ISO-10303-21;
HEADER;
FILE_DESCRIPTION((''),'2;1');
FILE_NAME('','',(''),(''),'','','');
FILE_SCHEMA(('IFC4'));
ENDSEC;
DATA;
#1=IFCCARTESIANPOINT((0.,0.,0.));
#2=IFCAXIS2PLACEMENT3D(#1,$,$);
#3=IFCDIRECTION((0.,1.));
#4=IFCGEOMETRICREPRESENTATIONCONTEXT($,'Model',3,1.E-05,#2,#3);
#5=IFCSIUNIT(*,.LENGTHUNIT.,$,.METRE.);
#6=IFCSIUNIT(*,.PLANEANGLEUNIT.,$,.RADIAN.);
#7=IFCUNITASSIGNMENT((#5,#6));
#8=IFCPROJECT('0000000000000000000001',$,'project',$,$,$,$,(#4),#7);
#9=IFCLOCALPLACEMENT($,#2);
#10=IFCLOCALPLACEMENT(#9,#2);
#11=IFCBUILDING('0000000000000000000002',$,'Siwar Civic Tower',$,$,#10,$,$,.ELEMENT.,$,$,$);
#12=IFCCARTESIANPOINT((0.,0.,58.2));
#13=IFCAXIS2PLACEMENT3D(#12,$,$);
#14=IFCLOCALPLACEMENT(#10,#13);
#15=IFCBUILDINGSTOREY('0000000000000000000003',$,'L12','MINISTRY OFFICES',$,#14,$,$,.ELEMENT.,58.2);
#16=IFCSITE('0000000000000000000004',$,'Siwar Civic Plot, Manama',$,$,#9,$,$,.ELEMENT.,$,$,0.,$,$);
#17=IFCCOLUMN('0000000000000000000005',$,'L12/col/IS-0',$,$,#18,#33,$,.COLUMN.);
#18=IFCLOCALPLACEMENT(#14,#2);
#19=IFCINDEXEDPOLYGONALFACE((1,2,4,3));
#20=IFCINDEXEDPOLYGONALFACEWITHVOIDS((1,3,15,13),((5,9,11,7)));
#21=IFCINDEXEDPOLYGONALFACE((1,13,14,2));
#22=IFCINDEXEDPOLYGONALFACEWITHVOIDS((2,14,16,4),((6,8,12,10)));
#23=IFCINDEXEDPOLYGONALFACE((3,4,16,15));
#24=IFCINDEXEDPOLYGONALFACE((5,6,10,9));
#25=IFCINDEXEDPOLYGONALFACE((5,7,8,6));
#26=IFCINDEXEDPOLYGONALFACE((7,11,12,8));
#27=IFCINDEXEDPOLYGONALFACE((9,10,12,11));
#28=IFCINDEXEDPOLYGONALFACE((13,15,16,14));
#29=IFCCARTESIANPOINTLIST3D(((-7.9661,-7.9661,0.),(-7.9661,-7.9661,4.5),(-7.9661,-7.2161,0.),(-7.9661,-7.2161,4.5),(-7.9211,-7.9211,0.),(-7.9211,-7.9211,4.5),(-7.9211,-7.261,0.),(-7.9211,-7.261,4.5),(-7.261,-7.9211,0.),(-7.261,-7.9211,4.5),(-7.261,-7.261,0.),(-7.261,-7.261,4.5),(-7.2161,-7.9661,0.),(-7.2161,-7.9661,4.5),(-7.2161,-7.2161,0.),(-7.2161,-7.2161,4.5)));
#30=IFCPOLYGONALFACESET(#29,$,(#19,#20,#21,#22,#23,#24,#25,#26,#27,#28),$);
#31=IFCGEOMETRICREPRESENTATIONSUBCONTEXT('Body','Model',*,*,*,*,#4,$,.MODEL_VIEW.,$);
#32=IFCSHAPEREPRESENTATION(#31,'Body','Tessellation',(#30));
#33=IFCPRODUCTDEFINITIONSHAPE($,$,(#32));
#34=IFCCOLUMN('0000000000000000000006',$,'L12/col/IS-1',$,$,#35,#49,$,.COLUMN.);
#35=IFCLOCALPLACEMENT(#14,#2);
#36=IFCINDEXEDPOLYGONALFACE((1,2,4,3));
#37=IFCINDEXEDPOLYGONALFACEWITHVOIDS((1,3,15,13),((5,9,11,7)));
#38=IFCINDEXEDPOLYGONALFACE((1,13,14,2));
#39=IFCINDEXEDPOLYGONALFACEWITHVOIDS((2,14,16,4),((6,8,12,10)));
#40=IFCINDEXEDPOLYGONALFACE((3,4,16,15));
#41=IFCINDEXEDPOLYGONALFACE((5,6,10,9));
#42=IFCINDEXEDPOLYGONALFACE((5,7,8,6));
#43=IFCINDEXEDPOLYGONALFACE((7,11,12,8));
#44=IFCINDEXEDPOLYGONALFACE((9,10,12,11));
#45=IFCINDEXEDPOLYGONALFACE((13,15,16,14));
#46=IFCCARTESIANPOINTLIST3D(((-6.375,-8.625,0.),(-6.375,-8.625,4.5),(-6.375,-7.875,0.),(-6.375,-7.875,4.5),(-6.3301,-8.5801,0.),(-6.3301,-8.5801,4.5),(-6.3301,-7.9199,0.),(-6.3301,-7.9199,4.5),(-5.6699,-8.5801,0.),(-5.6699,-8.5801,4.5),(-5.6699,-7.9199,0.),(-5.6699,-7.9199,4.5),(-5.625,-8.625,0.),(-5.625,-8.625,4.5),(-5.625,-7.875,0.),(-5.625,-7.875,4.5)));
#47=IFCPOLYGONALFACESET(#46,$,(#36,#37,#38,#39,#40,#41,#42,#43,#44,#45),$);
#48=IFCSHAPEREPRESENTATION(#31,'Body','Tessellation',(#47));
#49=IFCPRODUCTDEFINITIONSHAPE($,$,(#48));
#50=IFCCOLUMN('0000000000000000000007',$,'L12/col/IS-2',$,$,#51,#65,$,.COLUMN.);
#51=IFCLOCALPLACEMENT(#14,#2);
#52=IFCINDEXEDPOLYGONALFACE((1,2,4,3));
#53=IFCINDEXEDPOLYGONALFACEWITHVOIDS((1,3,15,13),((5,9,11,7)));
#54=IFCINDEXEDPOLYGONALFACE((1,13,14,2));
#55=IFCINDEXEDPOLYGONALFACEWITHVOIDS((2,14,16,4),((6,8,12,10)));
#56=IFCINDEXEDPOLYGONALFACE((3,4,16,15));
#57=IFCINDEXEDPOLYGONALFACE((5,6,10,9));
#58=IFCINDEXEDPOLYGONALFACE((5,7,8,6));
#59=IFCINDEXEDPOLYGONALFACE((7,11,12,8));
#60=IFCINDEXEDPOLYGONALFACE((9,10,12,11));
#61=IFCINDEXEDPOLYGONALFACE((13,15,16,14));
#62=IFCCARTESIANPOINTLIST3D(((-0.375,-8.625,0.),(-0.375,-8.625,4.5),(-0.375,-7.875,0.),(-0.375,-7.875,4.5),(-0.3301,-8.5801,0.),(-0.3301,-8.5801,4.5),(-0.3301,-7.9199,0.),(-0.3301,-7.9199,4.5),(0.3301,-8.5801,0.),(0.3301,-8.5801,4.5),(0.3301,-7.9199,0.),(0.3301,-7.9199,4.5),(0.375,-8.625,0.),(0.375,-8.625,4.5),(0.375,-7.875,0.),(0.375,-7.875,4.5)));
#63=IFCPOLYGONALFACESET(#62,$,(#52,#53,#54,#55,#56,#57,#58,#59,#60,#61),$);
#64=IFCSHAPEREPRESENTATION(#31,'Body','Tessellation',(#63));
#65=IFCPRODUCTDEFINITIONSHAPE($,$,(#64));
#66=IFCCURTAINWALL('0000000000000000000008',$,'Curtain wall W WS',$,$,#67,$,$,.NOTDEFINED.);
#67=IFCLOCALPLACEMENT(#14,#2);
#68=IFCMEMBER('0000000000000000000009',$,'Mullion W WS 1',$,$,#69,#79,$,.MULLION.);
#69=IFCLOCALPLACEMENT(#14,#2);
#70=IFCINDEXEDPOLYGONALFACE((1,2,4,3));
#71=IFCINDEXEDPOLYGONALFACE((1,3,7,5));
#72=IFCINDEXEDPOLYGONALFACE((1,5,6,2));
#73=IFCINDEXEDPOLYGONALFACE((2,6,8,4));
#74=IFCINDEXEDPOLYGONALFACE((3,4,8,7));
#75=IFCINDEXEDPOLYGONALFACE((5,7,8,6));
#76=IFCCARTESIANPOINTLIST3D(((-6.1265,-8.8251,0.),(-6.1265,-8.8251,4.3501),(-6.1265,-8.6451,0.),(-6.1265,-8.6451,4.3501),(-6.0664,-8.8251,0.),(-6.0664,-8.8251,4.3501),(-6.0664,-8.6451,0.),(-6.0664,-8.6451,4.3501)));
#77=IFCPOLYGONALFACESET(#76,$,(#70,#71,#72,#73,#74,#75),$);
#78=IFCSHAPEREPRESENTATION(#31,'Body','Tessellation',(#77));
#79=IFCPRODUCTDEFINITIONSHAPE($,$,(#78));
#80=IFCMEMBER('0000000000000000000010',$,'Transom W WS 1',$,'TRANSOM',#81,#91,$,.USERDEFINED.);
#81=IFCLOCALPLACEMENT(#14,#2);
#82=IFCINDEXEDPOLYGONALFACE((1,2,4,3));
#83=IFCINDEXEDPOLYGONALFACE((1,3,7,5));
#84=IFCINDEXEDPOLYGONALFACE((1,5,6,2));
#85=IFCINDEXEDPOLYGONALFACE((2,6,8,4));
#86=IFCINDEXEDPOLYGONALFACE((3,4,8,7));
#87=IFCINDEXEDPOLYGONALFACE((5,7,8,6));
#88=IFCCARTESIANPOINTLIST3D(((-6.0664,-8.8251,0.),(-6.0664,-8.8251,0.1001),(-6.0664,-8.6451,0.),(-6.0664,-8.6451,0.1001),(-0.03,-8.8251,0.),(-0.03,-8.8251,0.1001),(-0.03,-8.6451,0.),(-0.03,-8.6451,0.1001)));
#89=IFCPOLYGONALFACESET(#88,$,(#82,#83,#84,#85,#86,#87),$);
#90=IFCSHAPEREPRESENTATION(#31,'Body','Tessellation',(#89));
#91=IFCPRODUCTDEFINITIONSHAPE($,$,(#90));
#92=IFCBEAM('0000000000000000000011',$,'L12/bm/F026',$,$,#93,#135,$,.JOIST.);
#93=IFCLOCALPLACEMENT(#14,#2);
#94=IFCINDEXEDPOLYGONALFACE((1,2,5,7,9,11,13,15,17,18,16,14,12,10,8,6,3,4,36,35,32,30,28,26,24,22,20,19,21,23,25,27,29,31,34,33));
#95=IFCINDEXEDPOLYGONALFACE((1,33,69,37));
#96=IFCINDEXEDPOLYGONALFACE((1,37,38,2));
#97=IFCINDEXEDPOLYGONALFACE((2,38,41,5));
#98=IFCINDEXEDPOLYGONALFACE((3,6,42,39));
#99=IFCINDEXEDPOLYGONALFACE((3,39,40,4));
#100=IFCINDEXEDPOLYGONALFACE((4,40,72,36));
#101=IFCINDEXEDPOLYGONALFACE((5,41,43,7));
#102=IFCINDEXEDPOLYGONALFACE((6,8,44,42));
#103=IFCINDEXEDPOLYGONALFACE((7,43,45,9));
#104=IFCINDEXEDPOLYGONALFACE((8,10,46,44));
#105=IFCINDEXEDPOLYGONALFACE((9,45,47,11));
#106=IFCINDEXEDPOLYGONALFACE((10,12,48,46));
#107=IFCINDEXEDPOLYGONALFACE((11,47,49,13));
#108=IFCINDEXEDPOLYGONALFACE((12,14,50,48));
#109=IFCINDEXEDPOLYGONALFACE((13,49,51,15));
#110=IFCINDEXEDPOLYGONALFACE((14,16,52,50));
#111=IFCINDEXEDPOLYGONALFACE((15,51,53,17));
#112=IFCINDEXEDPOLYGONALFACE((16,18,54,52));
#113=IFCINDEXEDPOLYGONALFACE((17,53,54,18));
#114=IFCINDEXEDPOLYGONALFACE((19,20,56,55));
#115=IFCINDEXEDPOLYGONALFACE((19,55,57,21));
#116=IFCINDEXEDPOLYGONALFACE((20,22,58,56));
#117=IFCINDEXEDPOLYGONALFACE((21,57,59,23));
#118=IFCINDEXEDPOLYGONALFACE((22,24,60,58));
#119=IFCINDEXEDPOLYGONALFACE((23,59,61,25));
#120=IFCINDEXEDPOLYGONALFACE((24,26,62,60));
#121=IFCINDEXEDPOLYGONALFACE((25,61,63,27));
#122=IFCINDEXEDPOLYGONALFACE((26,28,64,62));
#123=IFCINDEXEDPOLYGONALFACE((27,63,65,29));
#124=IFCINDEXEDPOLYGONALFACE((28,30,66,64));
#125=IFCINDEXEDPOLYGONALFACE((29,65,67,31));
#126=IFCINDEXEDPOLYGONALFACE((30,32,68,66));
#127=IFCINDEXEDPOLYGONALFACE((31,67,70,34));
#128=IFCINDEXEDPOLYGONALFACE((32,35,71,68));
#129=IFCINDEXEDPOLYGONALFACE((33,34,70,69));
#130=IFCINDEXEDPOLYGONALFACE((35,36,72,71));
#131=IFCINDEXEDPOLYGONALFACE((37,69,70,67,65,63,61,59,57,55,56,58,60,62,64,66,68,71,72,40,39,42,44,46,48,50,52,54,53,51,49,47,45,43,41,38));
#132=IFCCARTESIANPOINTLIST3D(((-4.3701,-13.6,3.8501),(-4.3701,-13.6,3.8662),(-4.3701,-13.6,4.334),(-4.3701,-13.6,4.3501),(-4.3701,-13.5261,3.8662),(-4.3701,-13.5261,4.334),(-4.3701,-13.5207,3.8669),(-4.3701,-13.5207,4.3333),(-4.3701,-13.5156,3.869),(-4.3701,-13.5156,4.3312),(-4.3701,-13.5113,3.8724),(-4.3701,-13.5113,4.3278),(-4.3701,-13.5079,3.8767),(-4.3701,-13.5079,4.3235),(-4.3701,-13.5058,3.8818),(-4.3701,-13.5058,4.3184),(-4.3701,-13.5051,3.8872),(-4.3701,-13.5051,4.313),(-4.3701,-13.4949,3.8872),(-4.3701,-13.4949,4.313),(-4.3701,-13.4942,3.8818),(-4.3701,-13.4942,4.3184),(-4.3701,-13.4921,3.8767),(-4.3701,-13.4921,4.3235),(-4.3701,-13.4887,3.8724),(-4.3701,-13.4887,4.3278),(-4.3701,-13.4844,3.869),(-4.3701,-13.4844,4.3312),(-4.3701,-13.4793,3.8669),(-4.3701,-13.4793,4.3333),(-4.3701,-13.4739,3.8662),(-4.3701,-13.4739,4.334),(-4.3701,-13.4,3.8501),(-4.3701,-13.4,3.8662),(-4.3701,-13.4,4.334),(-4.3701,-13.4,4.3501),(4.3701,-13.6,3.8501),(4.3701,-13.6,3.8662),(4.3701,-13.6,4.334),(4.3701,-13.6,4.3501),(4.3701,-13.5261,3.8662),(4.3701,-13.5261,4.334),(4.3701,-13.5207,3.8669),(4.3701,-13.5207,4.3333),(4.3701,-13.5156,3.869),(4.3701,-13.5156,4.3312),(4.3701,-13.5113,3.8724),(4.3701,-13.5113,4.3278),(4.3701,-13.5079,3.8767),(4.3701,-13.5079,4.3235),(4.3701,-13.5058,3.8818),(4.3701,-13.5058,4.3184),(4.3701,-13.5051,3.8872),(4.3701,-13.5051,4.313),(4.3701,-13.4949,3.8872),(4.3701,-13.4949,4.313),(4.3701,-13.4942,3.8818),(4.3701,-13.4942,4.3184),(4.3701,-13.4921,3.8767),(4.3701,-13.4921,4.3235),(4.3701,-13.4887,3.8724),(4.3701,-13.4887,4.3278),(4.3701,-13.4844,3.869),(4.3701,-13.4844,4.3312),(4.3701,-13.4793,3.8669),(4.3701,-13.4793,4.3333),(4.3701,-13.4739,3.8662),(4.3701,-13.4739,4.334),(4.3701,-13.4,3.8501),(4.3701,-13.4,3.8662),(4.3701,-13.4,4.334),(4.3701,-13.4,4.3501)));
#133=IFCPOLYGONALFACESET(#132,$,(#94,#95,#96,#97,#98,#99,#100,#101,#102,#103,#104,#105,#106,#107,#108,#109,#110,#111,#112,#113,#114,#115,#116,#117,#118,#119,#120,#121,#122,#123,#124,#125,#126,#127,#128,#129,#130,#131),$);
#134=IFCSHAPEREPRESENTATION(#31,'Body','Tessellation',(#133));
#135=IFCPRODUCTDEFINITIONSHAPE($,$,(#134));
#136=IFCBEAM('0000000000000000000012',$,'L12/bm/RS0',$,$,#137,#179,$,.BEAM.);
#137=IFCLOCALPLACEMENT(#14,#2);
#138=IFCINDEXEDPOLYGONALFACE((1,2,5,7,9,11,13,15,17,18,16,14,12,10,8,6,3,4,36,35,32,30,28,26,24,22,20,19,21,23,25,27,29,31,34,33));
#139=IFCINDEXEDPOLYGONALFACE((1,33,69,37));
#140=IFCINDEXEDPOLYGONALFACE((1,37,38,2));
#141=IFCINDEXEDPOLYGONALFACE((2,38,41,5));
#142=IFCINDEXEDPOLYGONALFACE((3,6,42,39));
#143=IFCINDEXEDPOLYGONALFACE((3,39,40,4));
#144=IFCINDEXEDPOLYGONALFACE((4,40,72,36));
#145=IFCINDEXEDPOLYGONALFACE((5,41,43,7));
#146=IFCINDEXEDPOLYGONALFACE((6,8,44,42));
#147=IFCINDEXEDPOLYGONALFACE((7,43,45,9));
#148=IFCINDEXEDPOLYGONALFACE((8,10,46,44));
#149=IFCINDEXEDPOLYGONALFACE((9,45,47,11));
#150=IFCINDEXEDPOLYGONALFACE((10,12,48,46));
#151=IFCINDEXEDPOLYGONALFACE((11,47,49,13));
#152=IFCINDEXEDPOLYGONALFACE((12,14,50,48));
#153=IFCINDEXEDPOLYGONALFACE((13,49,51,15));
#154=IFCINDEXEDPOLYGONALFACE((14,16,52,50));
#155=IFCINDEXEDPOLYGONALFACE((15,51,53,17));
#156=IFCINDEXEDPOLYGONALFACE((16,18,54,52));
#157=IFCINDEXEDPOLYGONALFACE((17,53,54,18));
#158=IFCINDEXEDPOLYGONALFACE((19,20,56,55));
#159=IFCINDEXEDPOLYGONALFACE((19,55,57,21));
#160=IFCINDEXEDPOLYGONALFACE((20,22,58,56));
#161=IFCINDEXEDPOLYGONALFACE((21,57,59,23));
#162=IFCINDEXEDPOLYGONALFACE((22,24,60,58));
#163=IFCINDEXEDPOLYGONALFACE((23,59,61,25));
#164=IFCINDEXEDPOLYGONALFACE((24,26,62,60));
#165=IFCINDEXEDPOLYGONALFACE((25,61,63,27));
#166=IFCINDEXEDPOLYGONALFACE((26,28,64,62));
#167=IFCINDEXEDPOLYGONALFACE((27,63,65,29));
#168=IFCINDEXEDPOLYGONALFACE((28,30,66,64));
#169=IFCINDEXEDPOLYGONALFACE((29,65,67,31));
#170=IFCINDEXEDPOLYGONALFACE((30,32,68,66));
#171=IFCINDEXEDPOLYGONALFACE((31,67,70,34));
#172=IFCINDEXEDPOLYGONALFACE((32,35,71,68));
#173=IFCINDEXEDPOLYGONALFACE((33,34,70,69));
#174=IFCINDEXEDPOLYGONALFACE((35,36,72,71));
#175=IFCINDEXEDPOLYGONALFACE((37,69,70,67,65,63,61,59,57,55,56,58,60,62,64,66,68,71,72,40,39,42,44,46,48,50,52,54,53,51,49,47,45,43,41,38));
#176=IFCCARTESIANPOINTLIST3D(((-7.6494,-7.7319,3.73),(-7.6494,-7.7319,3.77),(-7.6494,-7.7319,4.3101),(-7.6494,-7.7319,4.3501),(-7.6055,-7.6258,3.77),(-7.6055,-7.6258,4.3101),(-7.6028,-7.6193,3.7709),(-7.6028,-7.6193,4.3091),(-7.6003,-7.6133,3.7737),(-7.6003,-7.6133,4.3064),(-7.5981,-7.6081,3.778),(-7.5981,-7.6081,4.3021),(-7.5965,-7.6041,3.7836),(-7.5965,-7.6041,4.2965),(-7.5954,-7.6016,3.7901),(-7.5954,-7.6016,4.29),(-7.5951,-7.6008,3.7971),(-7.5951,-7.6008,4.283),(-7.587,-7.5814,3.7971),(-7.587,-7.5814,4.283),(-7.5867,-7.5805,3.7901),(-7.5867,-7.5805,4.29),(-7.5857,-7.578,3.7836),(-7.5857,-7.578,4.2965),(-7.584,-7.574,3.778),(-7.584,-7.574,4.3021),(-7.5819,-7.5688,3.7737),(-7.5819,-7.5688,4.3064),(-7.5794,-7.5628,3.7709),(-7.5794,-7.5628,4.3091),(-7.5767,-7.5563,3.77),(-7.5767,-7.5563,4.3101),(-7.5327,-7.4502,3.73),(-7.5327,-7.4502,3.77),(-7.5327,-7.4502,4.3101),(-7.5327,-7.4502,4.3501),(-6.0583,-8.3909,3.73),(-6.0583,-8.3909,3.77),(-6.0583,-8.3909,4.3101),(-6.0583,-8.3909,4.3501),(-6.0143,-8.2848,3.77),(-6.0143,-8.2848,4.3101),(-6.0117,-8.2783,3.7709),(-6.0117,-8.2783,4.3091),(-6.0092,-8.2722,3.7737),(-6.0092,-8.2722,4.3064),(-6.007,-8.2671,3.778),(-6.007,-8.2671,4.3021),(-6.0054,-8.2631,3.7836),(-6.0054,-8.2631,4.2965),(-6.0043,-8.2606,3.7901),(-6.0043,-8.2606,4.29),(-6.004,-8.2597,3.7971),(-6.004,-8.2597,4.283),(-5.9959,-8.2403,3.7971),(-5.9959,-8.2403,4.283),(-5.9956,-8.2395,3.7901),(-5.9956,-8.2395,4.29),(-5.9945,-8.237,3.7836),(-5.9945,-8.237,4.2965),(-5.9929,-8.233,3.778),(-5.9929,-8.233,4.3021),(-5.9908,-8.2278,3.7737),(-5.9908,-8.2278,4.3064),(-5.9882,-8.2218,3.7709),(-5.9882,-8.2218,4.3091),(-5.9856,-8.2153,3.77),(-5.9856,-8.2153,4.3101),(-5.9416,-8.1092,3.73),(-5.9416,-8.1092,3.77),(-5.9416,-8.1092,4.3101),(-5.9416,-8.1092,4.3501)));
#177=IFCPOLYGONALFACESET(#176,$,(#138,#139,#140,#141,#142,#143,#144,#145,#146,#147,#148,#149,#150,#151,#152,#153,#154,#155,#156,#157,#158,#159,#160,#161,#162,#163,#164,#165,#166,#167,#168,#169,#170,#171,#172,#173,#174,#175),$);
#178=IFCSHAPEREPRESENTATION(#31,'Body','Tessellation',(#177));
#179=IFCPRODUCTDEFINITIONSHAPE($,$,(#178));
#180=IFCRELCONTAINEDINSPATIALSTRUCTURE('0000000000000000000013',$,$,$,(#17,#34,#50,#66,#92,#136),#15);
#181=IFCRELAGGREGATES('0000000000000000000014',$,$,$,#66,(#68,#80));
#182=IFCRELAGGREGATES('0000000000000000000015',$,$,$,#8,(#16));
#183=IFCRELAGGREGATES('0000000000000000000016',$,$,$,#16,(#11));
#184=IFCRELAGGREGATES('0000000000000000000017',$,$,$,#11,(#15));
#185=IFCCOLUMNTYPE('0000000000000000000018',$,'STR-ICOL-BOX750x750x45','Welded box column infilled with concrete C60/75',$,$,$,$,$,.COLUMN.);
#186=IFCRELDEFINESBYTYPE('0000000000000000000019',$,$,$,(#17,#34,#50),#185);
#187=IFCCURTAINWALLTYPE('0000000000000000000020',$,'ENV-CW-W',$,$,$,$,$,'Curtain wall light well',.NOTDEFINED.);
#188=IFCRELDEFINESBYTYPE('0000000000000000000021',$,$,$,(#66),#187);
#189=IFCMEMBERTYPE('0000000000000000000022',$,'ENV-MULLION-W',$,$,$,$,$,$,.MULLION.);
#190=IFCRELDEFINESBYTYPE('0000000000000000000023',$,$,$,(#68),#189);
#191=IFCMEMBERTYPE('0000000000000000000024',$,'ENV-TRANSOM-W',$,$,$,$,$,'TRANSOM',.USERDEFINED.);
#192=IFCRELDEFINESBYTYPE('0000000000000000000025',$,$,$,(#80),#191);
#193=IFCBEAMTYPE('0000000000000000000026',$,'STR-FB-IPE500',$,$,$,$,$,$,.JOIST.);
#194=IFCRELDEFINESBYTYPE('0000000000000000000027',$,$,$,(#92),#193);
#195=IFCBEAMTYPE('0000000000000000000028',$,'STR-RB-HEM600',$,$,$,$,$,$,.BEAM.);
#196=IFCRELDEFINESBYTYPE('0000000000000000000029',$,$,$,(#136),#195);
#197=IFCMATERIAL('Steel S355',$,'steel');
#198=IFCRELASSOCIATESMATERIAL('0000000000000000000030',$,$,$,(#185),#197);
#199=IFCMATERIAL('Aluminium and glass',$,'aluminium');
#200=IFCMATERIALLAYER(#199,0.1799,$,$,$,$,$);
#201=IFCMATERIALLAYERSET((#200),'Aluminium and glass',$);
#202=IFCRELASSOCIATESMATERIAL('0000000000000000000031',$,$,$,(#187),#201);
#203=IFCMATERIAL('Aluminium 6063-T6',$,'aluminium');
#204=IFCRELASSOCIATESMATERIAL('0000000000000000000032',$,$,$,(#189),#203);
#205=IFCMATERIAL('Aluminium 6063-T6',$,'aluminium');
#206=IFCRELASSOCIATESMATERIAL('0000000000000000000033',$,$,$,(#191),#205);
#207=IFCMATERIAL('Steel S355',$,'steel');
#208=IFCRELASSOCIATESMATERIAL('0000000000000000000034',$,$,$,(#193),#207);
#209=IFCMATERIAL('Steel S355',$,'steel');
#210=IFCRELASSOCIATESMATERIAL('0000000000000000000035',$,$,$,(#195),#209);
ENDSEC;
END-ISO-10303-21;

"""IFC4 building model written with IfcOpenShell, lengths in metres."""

from ifc_helpers import new_model, si_unit, direction, frame, origin, origin_2d, place, context, subcontext, project, spatial, rectangle, hollow_rectangle, i_section, extrude, material, layer, layer_set, material_profile, profile_set, type_object, element, aggregate, save


model = new_model("IFC4")

# Units and contexts
model_context = context("Model", 3, precision=1e-05, world=origin(), true_north=direction((0.0, 1.0)))
body_context = subcontext(model_context, "Body", "Model", "MODEL_VIEW")
ifc_project = project(units=[si_unit("LENGTHUNIT", "METRE"), si_unit("PLANEANGLEUNIT", "RADIAN")], contexts=[model_context])

# Site, building, storey
site_placement = place(None, origin())
site = spatial("IfcSite", under=ifc_project, at=site_placement, Name="Siwar Civic Plot, Manama", CompositionType="ELEMENT", RefElevation=0.0)
building_placement = place(site_placement, origin())
building = spatial("IfcBuilding", under=site, at=building_placement, Name="Siwar Civic Tower", CompositionType="ELEMENT")
storey_placement = place(building_placement, frame((0.0, 0.0, 58.2)))
storey = spatial("IfcBuildingStorey", under=building, at=storey_placement, Name="L12", Description="MINISTRY OFFICES", CompositionType="ELEMENT", Elevation=58.2)

# Columns
ifc_material_1 = material(Name="Steel S355", Category="steel")
ifc_material_profile_1 = material_profile(ifc_material_1, hollow_rectangle(XDim=0.75, YDim=0.75, WallThickness=0.0449, at=origin_2d()), Name="BOX750x750x45")
ifc_profile_set_1 = profile_set([ifc_material_profile_1], Name="Steel S355")
column_type = type_object("IfcColumnType", Name="STR-ICOL-BOX750x750x45", Description="Welded box column infilled with concrete C60/75", PredefinedType="COLUMN", material=ifc_profile_set_1)
for number, where, z_axis, x_axis, name in (
    (1, (-7.5911, -7.5911, 0.0), (0.0, 0.0, 1.0), (1.0, 0.0, 0.0), "L12/col/IS-0"),
    (2, (-6.0, -8.25, 0.0), (0.0, 0.0, 1.0), (1.0, 0.0, 0.0), "L12/col/IS-1"),
    (3, (0.0, -8.25, 0.0), (0.0, 0.0, 1.0), (1.0, 0.0, 0.0), "L12/col/IS-2"),
):
    element("IfcColumn", number, at=place(storey_placement, frame(where, z_axis=z_axis, x_axis=x_axis)), inside=storey, type_object=column_type, Name=name, PredefinedType="COLUMN", context=body_context, shape_type="SweptSolid", body=[
        extrude(hollow_rectangle(XDim=0.75, YDim=0.75, WallThickness=0.0449, at=origin_2d()), origin(), (0.0, 0.0, 1.0), 4.5),
    ])

# Curtain wall, members
ifc_material_2 = material(Name="Aluminium and glass", Category="aluminium")
ifc_layer_1 = layer(ifc_material_2, 0.1799)
ifc_layer_set_1 = layer_set([ifc_layer_1], Name="Aluminium and glass")
curtain_wall_type = type_object("IfcCurtainWallType", Name="ENV-CW-W", ElementType="Curtain wall light well", PredefinedType="NOTDEFINED", material=ifc_layer_set_1)
curtain_wall_placement = place(storey_placement, origin())
curtain_wall = element("IfcCurtainWall", 4, at=curtain_wall_placement, inside=storey, type_object=curtain_wall_type, Name="Curtain wall W WS", PredefinedType="NOTDEFINED")
ifc_material_3 = material(Name="Aluminium 6063-T6", Category="aluminium")
ifc_material_profile_2 = material_profile(ifc_material_3, rectangle(XDim=0.1799, YDim=0.0601, at=origin_2d()), Name="AL 180x60")
ifc_profile_set_2 = profile_set([ifc_material_profile_2], Name="Aluminium 6063-T6")
member_type_1 = type_object("IfcMemberType", Name="ENV-MULLION-W", PredefinedType="MULLION", material=ifc_profile_set_2)
member_1_placement = place(storey_placement, frame((-6.0964, -8.7351, 0.0), z_axis=(0.0, 0.0, 1.0), x_axis=(0.0, 1.0, 0.0)))
member_1 = element("IfcMember", 5, at=member_1_placement, type_object=member_type_1, Name="Mullion W WS 1", PredefinedType="MULLION", context=body_context, shape_type="SweptSolid", body=[
    extrude(rectangle(XDim=0.1799, YDim=0.0601, at=origin_2d()), origin(), (0.0, 0.0, 1.0), 4.3501),
])
ifc_material_4 = material(Name="Aluminium 6063-T6", Category="aluminium")
ifc_material_profile_3 = material_profile(ifc_material_4, rectangle(XDim=0.1799, YDim=0.1001, at=origin_2d()), Name="AL 180x100")
ifc_profile_set_3 = profile_set([ifc_material_profile_3], Name="Aluminium 6063-T6")
member_type_2 = type_object("IfcMemberType", Name="ENV-TRANSOM-W", ElementType="TRANSOM", PredefinedType="USERDEFINED", material=ifc_profile_set_3)
member_2_placement = place(storey_placement, frame((-6.0664, -8.7351, 0.05), z_axis=(1.0, 0.0, 0.0), x_axis=(0.0, 1.0, 0.0)))
member_2 = element("IfcMember", 6, at=member_2_placement, type_object=member_type_2, Name="Transom W WS 1", ObjectType="TRANSOM", PredefinedType="USERDEFINED", context=body_context, shape_type="SweptSolid", body=[
    extrude(rectangle(XDim=0.1799, YDim=0.1001, at=origin_2d()), origin(), (0.0, 0.0, 1.0), 6.0364),
])

# Beams
ifc_material_5 = material(Name="Steel S355", Category="steel")
ifc_material_profile_4 = material_profile(ifc_material_5, i_section(OverallWidth=0.2, OverallDepth=0.5, WebThickness=0.0103, FlangeThickness=0.0161, FilletRadius=0.021, at=origin_2d()), Name="IPE500")
ifc_profile_set_4 = profile_set([ifc_material_profile_4], Name="Steel S355")
beam_type_1 = type_object("IfcBeamType", Name="STR-FB-IPE500", PredefinedType="JOIST", material=ifc_profile_set_4)
beam_1_placement = place(storey_placement, frame((-4.3701, -13.5, 4.1001), z_axis=(1.0, 0.0, 0.0), x_axis=(0.0, 1.0, 0.0)))
element("IfcBeam", 7, at=beam_1_placement, inside=storey, type_object=beam_type_1, Name="L12/bm/F026", PredefinedType="JOIST", context=body_context, shape_type="SweptSolid", body=[
    extrude(i_section(OverallWidth=0.2, OverallDepth=0.5, WebThickness=0.0103, FlangeThickness=0.0161, FilletRadius=0.021, at=origin_2d()), origin(), (0.0, 0.0, 1.0), 8.7402),
])
ifc_material_6 = material(Name="Steel S355", Category="steel")
ifc_material_profile_5 = material_profile(ifc_material_6, i_section(OverallWidth=0.3049, OverallDepth=0.6201, WebThickness=0.021, FlangeThickness=0.04, FilletRadius=0.0271, at=origin_2d()), Name="HEM600")
ifc_profile_set_5 = profile_set([ifc_material_profile_5], Name="Steel S355")
beam_type_2 = type_object("IfcBeamType", Name="STR-RB-HEM600", PredefinedType="BEAM", material=ifc_profile_set_5)
beam_2_placement = place(storey_placement, frame((-7.5911, -7.5911, 4.04), z_axis=(0.923901, -0.382631, 0.0), x_axis=(0.382631, 0.923901, 0.0)))
element("IfcBeam", 8, at=beam_2_placement, inside=storey, type_object=beam_type_2, Name="L12/bm/RS0", PredefinedType="BEAM", context=body_context, shape_type="SweptSolid", body=[
    extrude(i_section(OverallWidth=0.3049, OverallDepth=0.6201, WebThickness=0.021, FlangeThickness=0.04, FilletRadius=0.0271, at=origin_2d()), origin(), (0.0, 0.0, 1.0), 1.7222),
])

aggregate(curtain_wall, [member_1, member_2])

save(model, "model.ifc")
